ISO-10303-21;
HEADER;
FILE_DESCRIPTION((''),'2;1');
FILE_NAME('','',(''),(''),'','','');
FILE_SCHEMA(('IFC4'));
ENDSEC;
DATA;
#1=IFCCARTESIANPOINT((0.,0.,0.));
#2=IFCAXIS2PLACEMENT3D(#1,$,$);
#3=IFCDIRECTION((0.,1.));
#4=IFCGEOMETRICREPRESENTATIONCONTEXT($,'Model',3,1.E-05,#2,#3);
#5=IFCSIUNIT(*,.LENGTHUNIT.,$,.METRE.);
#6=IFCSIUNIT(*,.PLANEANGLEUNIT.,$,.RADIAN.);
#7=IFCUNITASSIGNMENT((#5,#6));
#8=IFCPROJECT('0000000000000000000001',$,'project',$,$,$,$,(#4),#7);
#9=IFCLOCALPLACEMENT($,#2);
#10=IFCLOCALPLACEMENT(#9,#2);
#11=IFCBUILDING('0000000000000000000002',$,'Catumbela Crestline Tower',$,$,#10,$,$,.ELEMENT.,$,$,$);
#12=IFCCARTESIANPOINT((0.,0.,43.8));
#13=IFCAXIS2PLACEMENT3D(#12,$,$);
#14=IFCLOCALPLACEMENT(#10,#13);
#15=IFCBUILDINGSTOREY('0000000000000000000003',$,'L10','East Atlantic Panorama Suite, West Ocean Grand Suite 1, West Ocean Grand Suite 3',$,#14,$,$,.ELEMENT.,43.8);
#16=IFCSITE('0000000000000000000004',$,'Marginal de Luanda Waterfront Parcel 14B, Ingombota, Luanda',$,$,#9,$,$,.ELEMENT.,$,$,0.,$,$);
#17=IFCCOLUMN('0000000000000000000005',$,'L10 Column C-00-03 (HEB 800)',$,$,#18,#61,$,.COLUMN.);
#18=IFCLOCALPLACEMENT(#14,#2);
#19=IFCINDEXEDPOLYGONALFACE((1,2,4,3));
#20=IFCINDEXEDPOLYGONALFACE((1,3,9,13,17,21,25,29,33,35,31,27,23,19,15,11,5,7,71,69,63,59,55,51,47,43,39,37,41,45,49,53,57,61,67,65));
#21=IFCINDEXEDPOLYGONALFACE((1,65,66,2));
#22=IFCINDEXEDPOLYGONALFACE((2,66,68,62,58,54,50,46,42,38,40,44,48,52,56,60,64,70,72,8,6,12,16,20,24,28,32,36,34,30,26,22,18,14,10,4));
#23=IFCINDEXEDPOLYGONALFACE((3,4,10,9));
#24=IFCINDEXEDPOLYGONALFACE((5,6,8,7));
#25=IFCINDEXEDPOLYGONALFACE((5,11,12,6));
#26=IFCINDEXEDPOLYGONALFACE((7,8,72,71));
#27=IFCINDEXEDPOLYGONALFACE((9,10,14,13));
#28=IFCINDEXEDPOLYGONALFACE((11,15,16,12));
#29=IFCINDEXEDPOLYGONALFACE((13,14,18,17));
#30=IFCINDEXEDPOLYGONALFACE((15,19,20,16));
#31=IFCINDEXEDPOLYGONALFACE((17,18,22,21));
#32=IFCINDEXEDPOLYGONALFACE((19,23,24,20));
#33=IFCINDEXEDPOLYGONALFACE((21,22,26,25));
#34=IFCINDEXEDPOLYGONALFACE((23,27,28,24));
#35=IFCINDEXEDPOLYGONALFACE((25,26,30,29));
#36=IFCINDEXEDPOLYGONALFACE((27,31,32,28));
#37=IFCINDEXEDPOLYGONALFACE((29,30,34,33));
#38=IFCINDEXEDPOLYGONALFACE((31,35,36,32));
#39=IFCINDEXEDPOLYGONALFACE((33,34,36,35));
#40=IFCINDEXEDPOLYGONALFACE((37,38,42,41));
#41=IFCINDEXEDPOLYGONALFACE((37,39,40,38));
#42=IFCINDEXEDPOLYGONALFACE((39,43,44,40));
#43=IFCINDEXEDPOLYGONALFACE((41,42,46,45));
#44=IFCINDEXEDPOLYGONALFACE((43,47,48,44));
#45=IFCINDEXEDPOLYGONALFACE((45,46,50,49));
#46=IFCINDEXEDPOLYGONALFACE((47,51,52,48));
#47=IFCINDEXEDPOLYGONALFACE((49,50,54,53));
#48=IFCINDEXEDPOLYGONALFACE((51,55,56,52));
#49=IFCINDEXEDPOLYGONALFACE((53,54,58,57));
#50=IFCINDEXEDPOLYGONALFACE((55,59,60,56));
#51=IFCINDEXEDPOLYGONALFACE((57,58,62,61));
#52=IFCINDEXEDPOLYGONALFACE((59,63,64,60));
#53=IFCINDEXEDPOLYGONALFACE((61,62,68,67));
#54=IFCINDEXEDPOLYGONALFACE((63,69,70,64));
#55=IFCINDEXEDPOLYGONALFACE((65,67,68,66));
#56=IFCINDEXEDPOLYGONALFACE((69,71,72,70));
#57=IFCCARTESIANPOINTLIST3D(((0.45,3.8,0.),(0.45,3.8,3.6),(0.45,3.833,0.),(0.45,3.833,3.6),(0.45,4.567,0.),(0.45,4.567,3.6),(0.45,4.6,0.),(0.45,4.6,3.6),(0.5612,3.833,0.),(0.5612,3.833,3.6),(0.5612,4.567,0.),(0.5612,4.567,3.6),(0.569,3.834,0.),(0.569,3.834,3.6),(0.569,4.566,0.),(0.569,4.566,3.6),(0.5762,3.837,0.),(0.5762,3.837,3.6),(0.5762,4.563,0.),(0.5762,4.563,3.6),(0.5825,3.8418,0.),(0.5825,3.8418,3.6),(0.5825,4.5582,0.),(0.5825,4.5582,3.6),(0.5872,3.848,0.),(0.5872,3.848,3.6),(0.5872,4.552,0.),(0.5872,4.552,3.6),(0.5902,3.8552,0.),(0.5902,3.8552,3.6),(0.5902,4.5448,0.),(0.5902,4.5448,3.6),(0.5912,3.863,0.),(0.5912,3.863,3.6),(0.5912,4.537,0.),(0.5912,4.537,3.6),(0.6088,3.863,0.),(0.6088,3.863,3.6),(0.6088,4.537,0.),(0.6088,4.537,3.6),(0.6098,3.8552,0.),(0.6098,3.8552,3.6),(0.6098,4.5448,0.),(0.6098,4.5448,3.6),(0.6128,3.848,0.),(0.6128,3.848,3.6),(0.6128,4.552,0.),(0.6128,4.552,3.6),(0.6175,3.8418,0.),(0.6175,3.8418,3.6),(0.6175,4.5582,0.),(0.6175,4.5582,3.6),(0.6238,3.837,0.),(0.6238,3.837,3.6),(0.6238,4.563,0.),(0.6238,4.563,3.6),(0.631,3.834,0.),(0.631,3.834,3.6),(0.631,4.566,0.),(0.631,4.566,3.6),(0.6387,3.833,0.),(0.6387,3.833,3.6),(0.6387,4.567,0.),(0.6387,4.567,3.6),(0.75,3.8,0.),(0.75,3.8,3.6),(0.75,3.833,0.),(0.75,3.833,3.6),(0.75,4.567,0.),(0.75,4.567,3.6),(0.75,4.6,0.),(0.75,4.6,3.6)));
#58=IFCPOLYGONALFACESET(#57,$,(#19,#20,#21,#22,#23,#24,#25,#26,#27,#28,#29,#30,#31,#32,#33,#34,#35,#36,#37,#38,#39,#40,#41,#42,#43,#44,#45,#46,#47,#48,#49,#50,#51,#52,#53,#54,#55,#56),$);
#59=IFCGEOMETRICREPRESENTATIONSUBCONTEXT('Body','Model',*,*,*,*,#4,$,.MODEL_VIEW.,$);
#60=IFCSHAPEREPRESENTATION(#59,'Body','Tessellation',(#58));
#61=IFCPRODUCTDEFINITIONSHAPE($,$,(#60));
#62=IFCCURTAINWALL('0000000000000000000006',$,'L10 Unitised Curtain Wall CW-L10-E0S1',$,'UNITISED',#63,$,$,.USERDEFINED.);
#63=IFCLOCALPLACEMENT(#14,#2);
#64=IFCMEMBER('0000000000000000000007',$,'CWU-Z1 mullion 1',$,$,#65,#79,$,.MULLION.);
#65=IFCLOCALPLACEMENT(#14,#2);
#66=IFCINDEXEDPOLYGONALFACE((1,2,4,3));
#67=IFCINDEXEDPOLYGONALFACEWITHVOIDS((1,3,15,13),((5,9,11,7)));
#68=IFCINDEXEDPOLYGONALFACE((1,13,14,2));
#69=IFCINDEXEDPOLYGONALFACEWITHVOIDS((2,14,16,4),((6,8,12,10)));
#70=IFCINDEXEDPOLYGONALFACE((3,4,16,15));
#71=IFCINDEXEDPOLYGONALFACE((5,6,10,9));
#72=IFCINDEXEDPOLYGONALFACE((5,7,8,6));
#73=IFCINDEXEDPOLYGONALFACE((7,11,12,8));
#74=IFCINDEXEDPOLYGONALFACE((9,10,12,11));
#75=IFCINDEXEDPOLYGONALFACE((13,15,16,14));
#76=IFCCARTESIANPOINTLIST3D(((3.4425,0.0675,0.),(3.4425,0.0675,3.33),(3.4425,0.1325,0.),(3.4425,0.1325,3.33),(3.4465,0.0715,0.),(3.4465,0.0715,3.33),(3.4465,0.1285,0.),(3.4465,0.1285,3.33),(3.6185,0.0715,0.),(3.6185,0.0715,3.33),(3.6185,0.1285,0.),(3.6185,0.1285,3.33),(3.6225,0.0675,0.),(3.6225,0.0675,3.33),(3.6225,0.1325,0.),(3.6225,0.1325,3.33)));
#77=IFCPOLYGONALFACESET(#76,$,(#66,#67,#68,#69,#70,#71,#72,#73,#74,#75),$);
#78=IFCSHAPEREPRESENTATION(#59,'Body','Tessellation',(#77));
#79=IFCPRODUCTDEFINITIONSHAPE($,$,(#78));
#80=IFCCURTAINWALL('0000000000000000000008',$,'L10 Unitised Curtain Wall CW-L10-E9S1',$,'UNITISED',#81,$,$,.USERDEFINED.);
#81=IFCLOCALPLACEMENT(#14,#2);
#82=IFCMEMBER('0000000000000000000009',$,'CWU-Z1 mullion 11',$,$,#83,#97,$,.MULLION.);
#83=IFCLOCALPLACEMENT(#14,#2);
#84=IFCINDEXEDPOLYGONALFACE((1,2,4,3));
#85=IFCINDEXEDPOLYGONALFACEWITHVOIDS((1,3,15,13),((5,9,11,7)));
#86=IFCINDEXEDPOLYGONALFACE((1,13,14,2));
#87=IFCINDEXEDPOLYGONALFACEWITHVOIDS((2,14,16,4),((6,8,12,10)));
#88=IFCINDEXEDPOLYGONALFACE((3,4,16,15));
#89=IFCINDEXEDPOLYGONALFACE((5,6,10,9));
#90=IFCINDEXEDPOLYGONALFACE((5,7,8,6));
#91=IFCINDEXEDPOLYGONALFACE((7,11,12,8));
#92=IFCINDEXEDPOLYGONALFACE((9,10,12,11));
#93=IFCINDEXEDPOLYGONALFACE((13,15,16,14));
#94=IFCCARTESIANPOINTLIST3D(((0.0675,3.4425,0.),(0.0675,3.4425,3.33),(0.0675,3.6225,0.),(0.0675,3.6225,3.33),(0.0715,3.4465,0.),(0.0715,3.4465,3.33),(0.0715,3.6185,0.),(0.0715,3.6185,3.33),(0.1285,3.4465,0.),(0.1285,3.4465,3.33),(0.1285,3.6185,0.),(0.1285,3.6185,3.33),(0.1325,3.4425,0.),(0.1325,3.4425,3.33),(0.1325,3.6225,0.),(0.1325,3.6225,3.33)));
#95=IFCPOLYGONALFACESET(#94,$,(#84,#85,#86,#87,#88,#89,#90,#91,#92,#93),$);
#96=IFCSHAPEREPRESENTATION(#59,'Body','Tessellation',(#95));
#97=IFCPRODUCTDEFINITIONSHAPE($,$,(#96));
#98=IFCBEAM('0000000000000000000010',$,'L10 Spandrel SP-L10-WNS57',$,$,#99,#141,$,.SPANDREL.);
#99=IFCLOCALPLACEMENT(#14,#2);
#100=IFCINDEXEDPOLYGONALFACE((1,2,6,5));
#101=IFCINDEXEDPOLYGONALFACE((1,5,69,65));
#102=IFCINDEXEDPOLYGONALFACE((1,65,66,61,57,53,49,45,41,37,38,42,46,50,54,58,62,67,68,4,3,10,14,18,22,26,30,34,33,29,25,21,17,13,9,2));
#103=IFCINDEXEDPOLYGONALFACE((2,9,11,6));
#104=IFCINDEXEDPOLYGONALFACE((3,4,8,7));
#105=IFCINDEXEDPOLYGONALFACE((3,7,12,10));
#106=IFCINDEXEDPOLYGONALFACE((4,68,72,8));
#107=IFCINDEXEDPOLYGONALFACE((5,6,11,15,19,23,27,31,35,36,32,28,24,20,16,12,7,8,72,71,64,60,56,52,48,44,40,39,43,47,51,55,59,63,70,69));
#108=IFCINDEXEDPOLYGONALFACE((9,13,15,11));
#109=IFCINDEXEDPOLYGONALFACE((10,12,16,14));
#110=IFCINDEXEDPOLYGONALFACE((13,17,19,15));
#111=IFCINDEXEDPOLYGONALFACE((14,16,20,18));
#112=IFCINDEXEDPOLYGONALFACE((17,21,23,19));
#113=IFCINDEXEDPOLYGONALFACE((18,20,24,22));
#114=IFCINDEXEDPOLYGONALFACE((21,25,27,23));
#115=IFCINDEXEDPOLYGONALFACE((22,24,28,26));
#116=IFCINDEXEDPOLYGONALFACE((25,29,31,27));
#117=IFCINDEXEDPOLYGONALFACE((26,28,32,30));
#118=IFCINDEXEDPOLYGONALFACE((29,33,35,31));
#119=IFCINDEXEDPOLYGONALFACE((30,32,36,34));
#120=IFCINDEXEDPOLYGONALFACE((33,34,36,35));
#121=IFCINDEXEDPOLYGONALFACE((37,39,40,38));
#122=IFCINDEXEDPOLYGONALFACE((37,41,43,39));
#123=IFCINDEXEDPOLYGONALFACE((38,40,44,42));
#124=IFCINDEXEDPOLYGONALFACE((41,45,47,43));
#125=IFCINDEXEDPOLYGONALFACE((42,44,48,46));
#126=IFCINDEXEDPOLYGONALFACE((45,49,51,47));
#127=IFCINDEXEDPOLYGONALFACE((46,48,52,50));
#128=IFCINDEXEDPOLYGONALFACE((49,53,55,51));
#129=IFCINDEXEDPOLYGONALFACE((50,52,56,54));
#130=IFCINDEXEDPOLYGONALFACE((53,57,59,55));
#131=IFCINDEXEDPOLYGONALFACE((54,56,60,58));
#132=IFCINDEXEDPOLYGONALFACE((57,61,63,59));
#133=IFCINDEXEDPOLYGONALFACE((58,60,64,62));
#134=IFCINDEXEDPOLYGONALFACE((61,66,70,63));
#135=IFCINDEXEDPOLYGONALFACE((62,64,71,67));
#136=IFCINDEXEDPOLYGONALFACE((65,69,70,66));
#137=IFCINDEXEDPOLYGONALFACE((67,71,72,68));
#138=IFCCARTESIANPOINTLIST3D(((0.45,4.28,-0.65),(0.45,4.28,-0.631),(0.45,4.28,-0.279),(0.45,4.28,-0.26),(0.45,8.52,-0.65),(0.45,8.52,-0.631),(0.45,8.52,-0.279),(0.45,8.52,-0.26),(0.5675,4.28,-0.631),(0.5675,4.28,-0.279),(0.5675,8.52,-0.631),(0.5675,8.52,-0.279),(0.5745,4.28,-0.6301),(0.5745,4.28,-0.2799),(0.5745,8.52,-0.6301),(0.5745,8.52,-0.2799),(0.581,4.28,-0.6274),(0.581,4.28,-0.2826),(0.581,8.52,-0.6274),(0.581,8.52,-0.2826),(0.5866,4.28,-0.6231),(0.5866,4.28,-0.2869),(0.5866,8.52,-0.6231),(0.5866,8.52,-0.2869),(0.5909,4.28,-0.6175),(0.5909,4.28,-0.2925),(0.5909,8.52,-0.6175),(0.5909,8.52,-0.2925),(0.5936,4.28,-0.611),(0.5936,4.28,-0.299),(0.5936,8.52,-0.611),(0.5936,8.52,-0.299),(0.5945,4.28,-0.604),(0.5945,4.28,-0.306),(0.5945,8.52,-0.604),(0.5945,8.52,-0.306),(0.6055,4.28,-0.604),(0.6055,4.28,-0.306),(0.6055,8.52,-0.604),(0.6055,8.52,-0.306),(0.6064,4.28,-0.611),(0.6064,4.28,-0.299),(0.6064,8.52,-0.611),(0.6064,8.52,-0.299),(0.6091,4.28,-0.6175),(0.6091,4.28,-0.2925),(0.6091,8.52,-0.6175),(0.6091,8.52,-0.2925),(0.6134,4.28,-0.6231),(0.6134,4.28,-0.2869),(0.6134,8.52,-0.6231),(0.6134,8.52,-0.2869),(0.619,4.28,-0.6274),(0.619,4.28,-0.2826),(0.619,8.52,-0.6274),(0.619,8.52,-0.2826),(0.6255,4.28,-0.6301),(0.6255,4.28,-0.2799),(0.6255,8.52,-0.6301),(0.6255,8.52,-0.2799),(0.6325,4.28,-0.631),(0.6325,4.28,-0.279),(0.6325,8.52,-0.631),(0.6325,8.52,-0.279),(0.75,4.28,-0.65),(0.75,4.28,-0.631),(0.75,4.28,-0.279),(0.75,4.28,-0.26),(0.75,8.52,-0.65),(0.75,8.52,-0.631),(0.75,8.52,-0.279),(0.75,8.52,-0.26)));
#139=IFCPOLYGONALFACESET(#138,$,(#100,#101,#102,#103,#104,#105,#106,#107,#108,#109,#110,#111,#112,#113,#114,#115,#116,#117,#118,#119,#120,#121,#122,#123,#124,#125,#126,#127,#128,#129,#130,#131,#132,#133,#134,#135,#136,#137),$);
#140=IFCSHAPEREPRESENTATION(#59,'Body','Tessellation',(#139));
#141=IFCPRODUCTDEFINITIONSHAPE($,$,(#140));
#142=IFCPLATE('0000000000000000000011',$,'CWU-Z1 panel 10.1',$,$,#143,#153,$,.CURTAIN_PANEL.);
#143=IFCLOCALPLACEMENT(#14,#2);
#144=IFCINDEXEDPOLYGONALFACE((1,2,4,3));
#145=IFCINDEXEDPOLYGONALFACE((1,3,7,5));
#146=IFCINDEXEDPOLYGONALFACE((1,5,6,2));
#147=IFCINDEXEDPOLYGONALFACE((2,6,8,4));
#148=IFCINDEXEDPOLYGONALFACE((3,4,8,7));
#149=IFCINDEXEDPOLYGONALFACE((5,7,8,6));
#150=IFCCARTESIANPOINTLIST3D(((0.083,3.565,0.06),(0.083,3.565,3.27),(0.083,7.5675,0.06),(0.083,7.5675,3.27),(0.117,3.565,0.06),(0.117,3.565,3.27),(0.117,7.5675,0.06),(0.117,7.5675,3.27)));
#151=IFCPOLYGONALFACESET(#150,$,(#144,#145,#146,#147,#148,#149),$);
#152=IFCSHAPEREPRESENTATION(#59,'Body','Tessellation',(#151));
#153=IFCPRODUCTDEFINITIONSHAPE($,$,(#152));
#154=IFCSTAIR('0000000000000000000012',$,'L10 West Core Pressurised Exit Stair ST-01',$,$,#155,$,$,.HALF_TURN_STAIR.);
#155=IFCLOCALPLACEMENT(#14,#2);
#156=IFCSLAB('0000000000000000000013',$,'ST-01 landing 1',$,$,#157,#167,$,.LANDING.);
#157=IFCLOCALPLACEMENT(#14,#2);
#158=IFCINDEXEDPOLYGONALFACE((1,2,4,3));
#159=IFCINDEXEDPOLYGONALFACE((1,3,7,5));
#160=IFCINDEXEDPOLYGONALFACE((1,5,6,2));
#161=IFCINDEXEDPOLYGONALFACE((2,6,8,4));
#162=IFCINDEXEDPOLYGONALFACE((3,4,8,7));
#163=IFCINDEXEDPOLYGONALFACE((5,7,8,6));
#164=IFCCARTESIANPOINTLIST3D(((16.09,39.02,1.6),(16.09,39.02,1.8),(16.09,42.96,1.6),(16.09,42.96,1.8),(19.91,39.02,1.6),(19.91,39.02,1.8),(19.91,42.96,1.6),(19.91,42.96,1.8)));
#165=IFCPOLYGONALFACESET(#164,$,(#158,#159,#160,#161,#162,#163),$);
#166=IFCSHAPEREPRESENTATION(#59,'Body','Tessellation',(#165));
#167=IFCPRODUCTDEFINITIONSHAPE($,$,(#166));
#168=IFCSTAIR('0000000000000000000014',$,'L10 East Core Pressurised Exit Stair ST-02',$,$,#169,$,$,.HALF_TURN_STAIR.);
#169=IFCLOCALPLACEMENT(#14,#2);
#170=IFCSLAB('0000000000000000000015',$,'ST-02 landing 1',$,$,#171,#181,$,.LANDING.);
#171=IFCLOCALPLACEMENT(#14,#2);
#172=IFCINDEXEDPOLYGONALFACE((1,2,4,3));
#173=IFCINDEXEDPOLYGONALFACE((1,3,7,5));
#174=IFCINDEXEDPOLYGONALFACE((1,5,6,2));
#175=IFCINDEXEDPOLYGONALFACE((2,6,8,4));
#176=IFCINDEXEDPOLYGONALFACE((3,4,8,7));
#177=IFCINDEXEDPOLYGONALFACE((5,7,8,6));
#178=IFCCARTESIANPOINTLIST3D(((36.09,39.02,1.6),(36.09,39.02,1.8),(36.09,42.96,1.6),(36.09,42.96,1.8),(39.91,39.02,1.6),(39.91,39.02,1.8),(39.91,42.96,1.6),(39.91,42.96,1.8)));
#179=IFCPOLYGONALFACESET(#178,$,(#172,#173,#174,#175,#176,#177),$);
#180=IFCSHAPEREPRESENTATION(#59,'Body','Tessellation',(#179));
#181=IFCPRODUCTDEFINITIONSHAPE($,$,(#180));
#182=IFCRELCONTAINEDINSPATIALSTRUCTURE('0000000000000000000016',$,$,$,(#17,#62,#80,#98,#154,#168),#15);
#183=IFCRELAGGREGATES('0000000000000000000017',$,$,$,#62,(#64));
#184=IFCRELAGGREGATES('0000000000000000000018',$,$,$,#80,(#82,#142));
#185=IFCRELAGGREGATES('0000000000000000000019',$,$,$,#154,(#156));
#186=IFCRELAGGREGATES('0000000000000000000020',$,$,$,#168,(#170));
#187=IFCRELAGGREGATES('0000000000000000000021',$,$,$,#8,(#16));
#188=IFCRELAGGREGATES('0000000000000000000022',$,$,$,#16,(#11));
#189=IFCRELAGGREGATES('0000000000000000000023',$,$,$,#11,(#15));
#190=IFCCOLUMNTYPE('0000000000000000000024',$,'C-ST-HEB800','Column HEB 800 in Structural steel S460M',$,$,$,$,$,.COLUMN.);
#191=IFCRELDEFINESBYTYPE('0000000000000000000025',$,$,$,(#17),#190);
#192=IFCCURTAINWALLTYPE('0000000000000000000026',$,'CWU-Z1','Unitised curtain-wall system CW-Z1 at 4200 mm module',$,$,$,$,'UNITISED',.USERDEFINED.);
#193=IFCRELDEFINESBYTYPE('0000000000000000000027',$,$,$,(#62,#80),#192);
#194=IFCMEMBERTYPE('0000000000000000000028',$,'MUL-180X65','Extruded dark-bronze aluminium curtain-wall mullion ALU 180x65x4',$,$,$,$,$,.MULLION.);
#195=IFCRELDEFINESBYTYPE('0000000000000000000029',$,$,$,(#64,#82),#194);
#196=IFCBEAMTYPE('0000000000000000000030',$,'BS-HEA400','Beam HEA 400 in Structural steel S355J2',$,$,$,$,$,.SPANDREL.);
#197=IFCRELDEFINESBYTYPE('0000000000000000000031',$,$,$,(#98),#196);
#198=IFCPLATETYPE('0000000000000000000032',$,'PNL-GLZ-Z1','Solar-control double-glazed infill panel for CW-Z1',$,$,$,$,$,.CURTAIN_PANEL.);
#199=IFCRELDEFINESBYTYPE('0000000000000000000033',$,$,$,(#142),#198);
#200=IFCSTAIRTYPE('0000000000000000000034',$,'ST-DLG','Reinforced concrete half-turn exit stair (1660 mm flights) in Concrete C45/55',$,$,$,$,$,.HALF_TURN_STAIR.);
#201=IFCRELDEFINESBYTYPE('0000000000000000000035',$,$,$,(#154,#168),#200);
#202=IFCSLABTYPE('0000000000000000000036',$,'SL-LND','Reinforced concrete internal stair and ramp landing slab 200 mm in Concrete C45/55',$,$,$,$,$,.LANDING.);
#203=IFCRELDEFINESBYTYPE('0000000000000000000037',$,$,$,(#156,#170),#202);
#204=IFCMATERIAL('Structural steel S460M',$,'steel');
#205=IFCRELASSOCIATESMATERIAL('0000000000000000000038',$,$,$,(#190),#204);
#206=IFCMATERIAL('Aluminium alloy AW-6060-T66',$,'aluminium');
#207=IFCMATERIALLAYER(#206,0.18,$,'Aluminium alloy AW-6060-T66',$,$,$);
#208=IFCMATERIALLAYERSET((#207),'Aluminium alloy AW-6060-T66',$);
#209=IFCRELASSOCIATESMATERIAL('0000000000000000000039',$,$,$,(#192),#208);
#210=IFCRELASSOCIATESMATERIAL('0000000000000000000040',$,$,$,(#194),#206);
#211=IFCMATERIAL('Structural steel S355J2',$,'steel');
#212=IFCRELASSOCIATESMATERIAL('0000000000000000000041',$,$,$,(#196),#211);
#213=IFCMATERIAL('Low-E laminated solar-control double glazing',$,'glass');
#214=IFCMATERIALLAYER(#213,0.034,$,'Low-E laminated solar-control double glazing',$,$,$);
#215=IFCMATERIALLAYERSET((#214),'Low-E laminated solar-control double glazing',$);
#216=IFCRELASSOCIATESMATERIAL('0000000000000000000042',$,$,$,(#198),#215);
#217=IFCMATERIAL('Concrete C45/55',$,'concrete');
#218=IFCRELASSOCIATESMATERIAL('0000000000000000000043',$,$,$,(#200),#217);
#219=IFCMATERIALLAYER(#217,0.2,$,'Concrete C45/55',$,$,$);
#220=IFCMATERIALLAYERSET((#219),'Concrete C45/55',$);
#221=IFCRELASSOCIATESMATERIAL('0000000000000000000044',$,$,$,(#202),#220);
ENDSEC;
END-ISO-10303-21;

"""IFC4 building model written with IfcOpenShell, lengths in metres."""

from ifc_helpers import new_model, si_unit, direction, frame, origin, origin_2d, place, context, subcontext, project, spatial, polyline, rectangle, hollow_rectangle, i_section, outline, extrude, material, layer, layer_set, material_profile, profile_set, type_object, element, aggregate, save


model = new_model("IFC4")

# Units and contexts
model_context = context("Model", 3, precision=1e-05, world=origin(), true_north=direction((0.0, 1.0)))
body_context = subcontext(model_context, "Body", "Model", "MODEL_VIEW")
ifc_project = project(units=[si_unit("LENGTHUNIT", "METRE"), si_unit("PLANEANGLEUNIT", "RADIAN")], contexts=[model_context])

# Site, building, storey
site_placement = place(None, origin())
site = spatial("IfcSite", under=ifc_project, at=site_placement, Name="Marginal de Luanda Waterfront Parcel 14B, Ingombota, Luanda", CompositionType="ELEMENT", RefElevation=0.0)
building_placement = place(site_placement, origin())
building = spatial("IfcBuilding", under=site, at=building_placement, Name="Catumbela Crestline Tower", CompositionType="ELEMENT")
storey_placement = place(building_placement, frame((0.0, 0.0, 43.8)))
storey = spatial("IfcBuildingStorey", under=building, at=storey_placement, Name="L10", Description="East Atlantic Panorama Suite, West Ocean Grand Suite 1, West Ocean Grand Suite 3", CompositionType="ELEMENT", Elevation=43.8)

# Column
ifc_material_1 = material(Name="Structural steel S460M", Category="steel")
ifc_material_profile_1 = material_profile(ifc_material_1, i_section(OverallWidth=0.3, OverallDepth=0.8, WebThickness=0.0175, FlangeThickness=0.033, FilletRadius=0.03, at=origin_2d()), Name="HEB 800")
ifc_profile_set_1 = profile_set([ifc_material_profile_1], Name="Structural steel S460M")
column_type = type_object("IfcColumnType", Name="C-ST-HEB800", Description="Column HEB 800 in Structural steel S460M", PredefinedType="COLUMN", material=ifc_profile_set_1)
column_placement = place(storey_placement, frame((0.6, 4.2, 0.0), z_axis=(0.0, 0.0, 1.0), x_axis=(1.0, 0.0, 0.0)))
element("IfcColumn", 1, at=column_placement, inside=storey, type_object=column_type, Name="L10 Column C-00-03 (HEB 800)", PredefinedType="COLUMN", context=body_context, shape_type="SweptSolid", body=[
    extrude(i_section(OverallWidth=0.3, OverallDepth=0.8, WebThickness=0.0175, FlangeThickness=0.033, FilletRadius=0.03, at=origin_2d()), origin(), (0.0, 0.0, 1.0), 3.6),
])

# Curtain walls, members
ifc_material_2 = material(Name="Aluminium alloy AW-6060-T66", Category="aluminium")
ifc_layer_1 = layer(ifc_material_2, 0.18, Name="Aluminium alloy AW-6060-T66")
ifc_layer_set_1 = layer_set([ifc_layer_1], Name="Aluminium alloy AW-6060-T66")
curtain_wall_type = type_object("IfcCurtainWallType", Name="CWU-Z1", Description="Unitised curtain-wall system CW-Z1 at 4200 mm module", ElementType="UNITISED", PredefinedType="USERDEFINED", material=ifc_layer_set_1)
curtain_wall_1_placement = place(storey_placement, origin())
curtain_wall_1 = element("IfcCurtainWall", 2, at=curtain_wall_1_placement, inside=storey, type_object=curtain_wall_type, Name="L10 Unitised Curtain Wall CW-L10-E0S1", ObjectType="UNITISED", PredefinedType="USERDEFINED")
ifc_material_profile_2 = material_profile(ifc_material_2, hollow_rectangle(XDim=0.065, YDim=0.18, WallThickness=0.004, at=origin_2d()), Name="ALU 180x65x4")
ifc_profile_set_2 = profile_set([ifc_material_profile_2], Name="Aluminium alloy AW-6060-T66")
member_type = type_object("IfcMemberType", Name="MUL-180X65", Description="Extruded dark-bronze aluminium curtain-wall mullion ALU 180x65x4", PredefinedType="MULLION", material=ifc_profile_set_2)
member_1_placement = place(storey_placement, frame((3.5325, 0.1, 0.0), z_axis=(0.0, 0.0, 1.0), x_axis=(0.0, 1.0, 0.0)))
member_1 = element("IfcMember", 3, at=member_1_placement, type_object=member_type, Name="CWU-Z1 mullion 1", PredefinedType="MULLION", context=body_context, shape_type="SweptSolid", body=[
    extrude(hollow_rectangle(XDim=0.065, YDim=0.18, WallThickness=0.004, at=origin_2d()), origin(), (0.0, 0.0, 1.0), 3.33),
])
aggregate(curtain_wall_1, [member_1])
curtain_wall_2_placement = place(storey_placement, origin())
curtain_wall_2 = element("IfcCurtainWall", 4, at=curtain_wall_2_placement, inside=storey, type_object=curtain_wall_type, Name="L10 Unitised Curtain Wall CW-L10-E9S1", ObjectType="UNITISED", PredefinedType="USERDEFINED")
member_2_placement = place(storey_placement, frame((0.1, 3.5325, 0.0), z_axis=(0.0, 0.0, 1.0), x_axis=(1.0, 0.0, 0.0)))
member_2 = element("IfcMember", 5, at=member_2_placement, type_object=member_type, Name="CWU-Z1 mullion 11", PredefinedType="MULLION", context=body_context, shape_type="SweptSolid", body=[
    extrude(hollow_rectangle(XDim=0.065, YDim=0.18, WallThickness=0.004, at=origin_2d()), origin(), (0.0, 0.0, 1.0), 3.33),
])

# Beam
ifc_material_3 = material(Name="Structural steel S355J2", Category="steel")
ifc_material_profile_3 = material_profile(ifc_material_3, i_section(OverallWidth=0.3, OverallDepth=0.39, WebThickness=0.011, FlangeThickness=0.019, FilletRadius=0.027, at=origin_2d()), Name="HEA 400")
ifc_profile_set_3 = profile_set([ifc_material_profile_3], Name="Structural steel S355J2")
beam_type = type_object("IfcBeamType", Name="BS-HEA400", Description="Beam HEA 400 in Structural steel S355J2", PredefinedType="SPANDREL", material=ifc_profile_set_3)
beam_placement = place(storey_placement, frame((0.6, 4.28, -0.455), z_axis=(0.0, 1.0, 0.0), x_axis=(-1.0, 0.0, 0.0)))
element("IfcBeam", 6, at=beam_placement, inside=storey, type_object=beam_type, Name="L10 Spandrel SP-L10-WNS57", PredefinedType="SPANDREL", context=body_context, shape_type="SweptSolid", body=[
    extrude(i_section(OverallWidth=0.3, OverallDepth=0.39, WebThickness=0.011, FlangeThickness=0.019, FilletRadius=0.027, at=origin_2d()), origin(), (0.0, 0.0, 1.0), 4.24),
])

# Plate
ifc_material_4 = material(Name="Low-E laminated solar-control double glazing", Category="glass")
ifc_layer_2 = layer(ifc_material_4, 0.034, Name="Low-E laminated solar-control double glazing")
ifc_layer_set_2 = layer_set([ifc_layer_2], Name="Low-E laminated solar-control double glazing")
plate_type = type_object("IfcPlateType", Name="PNL-GLZ-Z1", Description="Solar-control double-glazed infill panel for CW-Z1", PredefinedType="CURTAIN_PANEL", material=ifc_layer_set_2)
plate_placement = place(storey_placement, frame((0.1, 5.5662, 0.06), z_axis=(0.0, 0.0, 1.0), x_axis=(0.0, -1.0, 0.0)))
plate = element("IfcPlate", 7, at=plate_placement, type_object=plate_type, Name="CWU-Z1 panel 10.1", PredefinedType="CURTAIN_PANEL", context=body_context, shape_type="SweptSolid", body=[
    extrude(rectangle(XDim=4.0025, YDim=0.034, at=origin_2d()), origin(), (0.0, 0.0, 1.0), 3.21),
])
aggregate(curtain_wall_2, [member_2, plate])

# Stairs, slabs
ifc_material_5 = material(Name="Concrete C45/55", Category="concrete")
stair_type = type_object("IfcStairType", Name="ST-DLG", Description="Reinforced concrete half-turn exit stair (1660 mm flights) in Concrete C45/55", PredefinedType="HALF_TURN_STAIR", material=ifc_material_5)
stair_1_placement = place(storey_placement, origin())
stair_1 = element("IfcStair", 8, at=stair_1_placement, inside=storey, type_object=stair_type, Name="L10 West Core Pressurised Exit Stair ST-01", PredefinedType="HALF_TURN_STAIR")
ifc_layer_3 = layer(ifc_material_5, 0.2, Name="Concrete C45/55")
ifc_layer_set_3 = layer_set([ifc_layer_3], Name="Concrete C45/55")
slab_type_1 = type_object("IfcSlabType", Name="SL-LND", Description="Reinforced concrete internal stair and ramp landing slab 200 mm in Concrete C45/55", PredefinedType="LANDING", material=ifc_layer_set_3)
slab_1_placement = place(storey_placement, frame((0.0, 0.0, 1.6)))
slab_1 = element("IfcSlab", 9, at=slab_1_placement, type_object=slab_type_1, Name="ST-01 landing 1", PredefinedType="LANDING", context=body_context, shape_type="SweptSolid", body=[
    extrude(outline(polyline([(19.91, 39.02), (19.91, 42.96), (16.09, 42.96), (16.09, 39.02), (19.91, 39.02)])), origin(), (0.0, 0.0, 1.0), 0.2),
])
aggregate(stair_1, [slab_1])
stair_2_placement = place(storey_placement, origin())
stair_2 = element("IfcStair", 10, at=stair_2_placement, inside=storey, type_object=stair_type, Name="L10 East Core Pressurised Exit Stair ST-02", PredefinedType="HALF_TURN_STAIR")
slab_2_placement = place(storey_placement, frame((0.0, 0.0, 1.6)))
slab_2 = element("IfcSlab", 11, at=slab_2_placement, type_object=slab_type_1, Name="ST-02 landing 1", PredefinedType="LANDING", context=body_context, shape_type="SweptSolid", body=[
    extrude(outline(polyline([(39.91, 39.02), (39.91, 42.96), (36.09, 42.96), (36.09, 39.02), (39.91, 39.02)])), origin(), (0.0, 0.0, 1.0), 0.2),
])
aggregate(stair_2, [slab_2])

save(model, "model.ifc")
